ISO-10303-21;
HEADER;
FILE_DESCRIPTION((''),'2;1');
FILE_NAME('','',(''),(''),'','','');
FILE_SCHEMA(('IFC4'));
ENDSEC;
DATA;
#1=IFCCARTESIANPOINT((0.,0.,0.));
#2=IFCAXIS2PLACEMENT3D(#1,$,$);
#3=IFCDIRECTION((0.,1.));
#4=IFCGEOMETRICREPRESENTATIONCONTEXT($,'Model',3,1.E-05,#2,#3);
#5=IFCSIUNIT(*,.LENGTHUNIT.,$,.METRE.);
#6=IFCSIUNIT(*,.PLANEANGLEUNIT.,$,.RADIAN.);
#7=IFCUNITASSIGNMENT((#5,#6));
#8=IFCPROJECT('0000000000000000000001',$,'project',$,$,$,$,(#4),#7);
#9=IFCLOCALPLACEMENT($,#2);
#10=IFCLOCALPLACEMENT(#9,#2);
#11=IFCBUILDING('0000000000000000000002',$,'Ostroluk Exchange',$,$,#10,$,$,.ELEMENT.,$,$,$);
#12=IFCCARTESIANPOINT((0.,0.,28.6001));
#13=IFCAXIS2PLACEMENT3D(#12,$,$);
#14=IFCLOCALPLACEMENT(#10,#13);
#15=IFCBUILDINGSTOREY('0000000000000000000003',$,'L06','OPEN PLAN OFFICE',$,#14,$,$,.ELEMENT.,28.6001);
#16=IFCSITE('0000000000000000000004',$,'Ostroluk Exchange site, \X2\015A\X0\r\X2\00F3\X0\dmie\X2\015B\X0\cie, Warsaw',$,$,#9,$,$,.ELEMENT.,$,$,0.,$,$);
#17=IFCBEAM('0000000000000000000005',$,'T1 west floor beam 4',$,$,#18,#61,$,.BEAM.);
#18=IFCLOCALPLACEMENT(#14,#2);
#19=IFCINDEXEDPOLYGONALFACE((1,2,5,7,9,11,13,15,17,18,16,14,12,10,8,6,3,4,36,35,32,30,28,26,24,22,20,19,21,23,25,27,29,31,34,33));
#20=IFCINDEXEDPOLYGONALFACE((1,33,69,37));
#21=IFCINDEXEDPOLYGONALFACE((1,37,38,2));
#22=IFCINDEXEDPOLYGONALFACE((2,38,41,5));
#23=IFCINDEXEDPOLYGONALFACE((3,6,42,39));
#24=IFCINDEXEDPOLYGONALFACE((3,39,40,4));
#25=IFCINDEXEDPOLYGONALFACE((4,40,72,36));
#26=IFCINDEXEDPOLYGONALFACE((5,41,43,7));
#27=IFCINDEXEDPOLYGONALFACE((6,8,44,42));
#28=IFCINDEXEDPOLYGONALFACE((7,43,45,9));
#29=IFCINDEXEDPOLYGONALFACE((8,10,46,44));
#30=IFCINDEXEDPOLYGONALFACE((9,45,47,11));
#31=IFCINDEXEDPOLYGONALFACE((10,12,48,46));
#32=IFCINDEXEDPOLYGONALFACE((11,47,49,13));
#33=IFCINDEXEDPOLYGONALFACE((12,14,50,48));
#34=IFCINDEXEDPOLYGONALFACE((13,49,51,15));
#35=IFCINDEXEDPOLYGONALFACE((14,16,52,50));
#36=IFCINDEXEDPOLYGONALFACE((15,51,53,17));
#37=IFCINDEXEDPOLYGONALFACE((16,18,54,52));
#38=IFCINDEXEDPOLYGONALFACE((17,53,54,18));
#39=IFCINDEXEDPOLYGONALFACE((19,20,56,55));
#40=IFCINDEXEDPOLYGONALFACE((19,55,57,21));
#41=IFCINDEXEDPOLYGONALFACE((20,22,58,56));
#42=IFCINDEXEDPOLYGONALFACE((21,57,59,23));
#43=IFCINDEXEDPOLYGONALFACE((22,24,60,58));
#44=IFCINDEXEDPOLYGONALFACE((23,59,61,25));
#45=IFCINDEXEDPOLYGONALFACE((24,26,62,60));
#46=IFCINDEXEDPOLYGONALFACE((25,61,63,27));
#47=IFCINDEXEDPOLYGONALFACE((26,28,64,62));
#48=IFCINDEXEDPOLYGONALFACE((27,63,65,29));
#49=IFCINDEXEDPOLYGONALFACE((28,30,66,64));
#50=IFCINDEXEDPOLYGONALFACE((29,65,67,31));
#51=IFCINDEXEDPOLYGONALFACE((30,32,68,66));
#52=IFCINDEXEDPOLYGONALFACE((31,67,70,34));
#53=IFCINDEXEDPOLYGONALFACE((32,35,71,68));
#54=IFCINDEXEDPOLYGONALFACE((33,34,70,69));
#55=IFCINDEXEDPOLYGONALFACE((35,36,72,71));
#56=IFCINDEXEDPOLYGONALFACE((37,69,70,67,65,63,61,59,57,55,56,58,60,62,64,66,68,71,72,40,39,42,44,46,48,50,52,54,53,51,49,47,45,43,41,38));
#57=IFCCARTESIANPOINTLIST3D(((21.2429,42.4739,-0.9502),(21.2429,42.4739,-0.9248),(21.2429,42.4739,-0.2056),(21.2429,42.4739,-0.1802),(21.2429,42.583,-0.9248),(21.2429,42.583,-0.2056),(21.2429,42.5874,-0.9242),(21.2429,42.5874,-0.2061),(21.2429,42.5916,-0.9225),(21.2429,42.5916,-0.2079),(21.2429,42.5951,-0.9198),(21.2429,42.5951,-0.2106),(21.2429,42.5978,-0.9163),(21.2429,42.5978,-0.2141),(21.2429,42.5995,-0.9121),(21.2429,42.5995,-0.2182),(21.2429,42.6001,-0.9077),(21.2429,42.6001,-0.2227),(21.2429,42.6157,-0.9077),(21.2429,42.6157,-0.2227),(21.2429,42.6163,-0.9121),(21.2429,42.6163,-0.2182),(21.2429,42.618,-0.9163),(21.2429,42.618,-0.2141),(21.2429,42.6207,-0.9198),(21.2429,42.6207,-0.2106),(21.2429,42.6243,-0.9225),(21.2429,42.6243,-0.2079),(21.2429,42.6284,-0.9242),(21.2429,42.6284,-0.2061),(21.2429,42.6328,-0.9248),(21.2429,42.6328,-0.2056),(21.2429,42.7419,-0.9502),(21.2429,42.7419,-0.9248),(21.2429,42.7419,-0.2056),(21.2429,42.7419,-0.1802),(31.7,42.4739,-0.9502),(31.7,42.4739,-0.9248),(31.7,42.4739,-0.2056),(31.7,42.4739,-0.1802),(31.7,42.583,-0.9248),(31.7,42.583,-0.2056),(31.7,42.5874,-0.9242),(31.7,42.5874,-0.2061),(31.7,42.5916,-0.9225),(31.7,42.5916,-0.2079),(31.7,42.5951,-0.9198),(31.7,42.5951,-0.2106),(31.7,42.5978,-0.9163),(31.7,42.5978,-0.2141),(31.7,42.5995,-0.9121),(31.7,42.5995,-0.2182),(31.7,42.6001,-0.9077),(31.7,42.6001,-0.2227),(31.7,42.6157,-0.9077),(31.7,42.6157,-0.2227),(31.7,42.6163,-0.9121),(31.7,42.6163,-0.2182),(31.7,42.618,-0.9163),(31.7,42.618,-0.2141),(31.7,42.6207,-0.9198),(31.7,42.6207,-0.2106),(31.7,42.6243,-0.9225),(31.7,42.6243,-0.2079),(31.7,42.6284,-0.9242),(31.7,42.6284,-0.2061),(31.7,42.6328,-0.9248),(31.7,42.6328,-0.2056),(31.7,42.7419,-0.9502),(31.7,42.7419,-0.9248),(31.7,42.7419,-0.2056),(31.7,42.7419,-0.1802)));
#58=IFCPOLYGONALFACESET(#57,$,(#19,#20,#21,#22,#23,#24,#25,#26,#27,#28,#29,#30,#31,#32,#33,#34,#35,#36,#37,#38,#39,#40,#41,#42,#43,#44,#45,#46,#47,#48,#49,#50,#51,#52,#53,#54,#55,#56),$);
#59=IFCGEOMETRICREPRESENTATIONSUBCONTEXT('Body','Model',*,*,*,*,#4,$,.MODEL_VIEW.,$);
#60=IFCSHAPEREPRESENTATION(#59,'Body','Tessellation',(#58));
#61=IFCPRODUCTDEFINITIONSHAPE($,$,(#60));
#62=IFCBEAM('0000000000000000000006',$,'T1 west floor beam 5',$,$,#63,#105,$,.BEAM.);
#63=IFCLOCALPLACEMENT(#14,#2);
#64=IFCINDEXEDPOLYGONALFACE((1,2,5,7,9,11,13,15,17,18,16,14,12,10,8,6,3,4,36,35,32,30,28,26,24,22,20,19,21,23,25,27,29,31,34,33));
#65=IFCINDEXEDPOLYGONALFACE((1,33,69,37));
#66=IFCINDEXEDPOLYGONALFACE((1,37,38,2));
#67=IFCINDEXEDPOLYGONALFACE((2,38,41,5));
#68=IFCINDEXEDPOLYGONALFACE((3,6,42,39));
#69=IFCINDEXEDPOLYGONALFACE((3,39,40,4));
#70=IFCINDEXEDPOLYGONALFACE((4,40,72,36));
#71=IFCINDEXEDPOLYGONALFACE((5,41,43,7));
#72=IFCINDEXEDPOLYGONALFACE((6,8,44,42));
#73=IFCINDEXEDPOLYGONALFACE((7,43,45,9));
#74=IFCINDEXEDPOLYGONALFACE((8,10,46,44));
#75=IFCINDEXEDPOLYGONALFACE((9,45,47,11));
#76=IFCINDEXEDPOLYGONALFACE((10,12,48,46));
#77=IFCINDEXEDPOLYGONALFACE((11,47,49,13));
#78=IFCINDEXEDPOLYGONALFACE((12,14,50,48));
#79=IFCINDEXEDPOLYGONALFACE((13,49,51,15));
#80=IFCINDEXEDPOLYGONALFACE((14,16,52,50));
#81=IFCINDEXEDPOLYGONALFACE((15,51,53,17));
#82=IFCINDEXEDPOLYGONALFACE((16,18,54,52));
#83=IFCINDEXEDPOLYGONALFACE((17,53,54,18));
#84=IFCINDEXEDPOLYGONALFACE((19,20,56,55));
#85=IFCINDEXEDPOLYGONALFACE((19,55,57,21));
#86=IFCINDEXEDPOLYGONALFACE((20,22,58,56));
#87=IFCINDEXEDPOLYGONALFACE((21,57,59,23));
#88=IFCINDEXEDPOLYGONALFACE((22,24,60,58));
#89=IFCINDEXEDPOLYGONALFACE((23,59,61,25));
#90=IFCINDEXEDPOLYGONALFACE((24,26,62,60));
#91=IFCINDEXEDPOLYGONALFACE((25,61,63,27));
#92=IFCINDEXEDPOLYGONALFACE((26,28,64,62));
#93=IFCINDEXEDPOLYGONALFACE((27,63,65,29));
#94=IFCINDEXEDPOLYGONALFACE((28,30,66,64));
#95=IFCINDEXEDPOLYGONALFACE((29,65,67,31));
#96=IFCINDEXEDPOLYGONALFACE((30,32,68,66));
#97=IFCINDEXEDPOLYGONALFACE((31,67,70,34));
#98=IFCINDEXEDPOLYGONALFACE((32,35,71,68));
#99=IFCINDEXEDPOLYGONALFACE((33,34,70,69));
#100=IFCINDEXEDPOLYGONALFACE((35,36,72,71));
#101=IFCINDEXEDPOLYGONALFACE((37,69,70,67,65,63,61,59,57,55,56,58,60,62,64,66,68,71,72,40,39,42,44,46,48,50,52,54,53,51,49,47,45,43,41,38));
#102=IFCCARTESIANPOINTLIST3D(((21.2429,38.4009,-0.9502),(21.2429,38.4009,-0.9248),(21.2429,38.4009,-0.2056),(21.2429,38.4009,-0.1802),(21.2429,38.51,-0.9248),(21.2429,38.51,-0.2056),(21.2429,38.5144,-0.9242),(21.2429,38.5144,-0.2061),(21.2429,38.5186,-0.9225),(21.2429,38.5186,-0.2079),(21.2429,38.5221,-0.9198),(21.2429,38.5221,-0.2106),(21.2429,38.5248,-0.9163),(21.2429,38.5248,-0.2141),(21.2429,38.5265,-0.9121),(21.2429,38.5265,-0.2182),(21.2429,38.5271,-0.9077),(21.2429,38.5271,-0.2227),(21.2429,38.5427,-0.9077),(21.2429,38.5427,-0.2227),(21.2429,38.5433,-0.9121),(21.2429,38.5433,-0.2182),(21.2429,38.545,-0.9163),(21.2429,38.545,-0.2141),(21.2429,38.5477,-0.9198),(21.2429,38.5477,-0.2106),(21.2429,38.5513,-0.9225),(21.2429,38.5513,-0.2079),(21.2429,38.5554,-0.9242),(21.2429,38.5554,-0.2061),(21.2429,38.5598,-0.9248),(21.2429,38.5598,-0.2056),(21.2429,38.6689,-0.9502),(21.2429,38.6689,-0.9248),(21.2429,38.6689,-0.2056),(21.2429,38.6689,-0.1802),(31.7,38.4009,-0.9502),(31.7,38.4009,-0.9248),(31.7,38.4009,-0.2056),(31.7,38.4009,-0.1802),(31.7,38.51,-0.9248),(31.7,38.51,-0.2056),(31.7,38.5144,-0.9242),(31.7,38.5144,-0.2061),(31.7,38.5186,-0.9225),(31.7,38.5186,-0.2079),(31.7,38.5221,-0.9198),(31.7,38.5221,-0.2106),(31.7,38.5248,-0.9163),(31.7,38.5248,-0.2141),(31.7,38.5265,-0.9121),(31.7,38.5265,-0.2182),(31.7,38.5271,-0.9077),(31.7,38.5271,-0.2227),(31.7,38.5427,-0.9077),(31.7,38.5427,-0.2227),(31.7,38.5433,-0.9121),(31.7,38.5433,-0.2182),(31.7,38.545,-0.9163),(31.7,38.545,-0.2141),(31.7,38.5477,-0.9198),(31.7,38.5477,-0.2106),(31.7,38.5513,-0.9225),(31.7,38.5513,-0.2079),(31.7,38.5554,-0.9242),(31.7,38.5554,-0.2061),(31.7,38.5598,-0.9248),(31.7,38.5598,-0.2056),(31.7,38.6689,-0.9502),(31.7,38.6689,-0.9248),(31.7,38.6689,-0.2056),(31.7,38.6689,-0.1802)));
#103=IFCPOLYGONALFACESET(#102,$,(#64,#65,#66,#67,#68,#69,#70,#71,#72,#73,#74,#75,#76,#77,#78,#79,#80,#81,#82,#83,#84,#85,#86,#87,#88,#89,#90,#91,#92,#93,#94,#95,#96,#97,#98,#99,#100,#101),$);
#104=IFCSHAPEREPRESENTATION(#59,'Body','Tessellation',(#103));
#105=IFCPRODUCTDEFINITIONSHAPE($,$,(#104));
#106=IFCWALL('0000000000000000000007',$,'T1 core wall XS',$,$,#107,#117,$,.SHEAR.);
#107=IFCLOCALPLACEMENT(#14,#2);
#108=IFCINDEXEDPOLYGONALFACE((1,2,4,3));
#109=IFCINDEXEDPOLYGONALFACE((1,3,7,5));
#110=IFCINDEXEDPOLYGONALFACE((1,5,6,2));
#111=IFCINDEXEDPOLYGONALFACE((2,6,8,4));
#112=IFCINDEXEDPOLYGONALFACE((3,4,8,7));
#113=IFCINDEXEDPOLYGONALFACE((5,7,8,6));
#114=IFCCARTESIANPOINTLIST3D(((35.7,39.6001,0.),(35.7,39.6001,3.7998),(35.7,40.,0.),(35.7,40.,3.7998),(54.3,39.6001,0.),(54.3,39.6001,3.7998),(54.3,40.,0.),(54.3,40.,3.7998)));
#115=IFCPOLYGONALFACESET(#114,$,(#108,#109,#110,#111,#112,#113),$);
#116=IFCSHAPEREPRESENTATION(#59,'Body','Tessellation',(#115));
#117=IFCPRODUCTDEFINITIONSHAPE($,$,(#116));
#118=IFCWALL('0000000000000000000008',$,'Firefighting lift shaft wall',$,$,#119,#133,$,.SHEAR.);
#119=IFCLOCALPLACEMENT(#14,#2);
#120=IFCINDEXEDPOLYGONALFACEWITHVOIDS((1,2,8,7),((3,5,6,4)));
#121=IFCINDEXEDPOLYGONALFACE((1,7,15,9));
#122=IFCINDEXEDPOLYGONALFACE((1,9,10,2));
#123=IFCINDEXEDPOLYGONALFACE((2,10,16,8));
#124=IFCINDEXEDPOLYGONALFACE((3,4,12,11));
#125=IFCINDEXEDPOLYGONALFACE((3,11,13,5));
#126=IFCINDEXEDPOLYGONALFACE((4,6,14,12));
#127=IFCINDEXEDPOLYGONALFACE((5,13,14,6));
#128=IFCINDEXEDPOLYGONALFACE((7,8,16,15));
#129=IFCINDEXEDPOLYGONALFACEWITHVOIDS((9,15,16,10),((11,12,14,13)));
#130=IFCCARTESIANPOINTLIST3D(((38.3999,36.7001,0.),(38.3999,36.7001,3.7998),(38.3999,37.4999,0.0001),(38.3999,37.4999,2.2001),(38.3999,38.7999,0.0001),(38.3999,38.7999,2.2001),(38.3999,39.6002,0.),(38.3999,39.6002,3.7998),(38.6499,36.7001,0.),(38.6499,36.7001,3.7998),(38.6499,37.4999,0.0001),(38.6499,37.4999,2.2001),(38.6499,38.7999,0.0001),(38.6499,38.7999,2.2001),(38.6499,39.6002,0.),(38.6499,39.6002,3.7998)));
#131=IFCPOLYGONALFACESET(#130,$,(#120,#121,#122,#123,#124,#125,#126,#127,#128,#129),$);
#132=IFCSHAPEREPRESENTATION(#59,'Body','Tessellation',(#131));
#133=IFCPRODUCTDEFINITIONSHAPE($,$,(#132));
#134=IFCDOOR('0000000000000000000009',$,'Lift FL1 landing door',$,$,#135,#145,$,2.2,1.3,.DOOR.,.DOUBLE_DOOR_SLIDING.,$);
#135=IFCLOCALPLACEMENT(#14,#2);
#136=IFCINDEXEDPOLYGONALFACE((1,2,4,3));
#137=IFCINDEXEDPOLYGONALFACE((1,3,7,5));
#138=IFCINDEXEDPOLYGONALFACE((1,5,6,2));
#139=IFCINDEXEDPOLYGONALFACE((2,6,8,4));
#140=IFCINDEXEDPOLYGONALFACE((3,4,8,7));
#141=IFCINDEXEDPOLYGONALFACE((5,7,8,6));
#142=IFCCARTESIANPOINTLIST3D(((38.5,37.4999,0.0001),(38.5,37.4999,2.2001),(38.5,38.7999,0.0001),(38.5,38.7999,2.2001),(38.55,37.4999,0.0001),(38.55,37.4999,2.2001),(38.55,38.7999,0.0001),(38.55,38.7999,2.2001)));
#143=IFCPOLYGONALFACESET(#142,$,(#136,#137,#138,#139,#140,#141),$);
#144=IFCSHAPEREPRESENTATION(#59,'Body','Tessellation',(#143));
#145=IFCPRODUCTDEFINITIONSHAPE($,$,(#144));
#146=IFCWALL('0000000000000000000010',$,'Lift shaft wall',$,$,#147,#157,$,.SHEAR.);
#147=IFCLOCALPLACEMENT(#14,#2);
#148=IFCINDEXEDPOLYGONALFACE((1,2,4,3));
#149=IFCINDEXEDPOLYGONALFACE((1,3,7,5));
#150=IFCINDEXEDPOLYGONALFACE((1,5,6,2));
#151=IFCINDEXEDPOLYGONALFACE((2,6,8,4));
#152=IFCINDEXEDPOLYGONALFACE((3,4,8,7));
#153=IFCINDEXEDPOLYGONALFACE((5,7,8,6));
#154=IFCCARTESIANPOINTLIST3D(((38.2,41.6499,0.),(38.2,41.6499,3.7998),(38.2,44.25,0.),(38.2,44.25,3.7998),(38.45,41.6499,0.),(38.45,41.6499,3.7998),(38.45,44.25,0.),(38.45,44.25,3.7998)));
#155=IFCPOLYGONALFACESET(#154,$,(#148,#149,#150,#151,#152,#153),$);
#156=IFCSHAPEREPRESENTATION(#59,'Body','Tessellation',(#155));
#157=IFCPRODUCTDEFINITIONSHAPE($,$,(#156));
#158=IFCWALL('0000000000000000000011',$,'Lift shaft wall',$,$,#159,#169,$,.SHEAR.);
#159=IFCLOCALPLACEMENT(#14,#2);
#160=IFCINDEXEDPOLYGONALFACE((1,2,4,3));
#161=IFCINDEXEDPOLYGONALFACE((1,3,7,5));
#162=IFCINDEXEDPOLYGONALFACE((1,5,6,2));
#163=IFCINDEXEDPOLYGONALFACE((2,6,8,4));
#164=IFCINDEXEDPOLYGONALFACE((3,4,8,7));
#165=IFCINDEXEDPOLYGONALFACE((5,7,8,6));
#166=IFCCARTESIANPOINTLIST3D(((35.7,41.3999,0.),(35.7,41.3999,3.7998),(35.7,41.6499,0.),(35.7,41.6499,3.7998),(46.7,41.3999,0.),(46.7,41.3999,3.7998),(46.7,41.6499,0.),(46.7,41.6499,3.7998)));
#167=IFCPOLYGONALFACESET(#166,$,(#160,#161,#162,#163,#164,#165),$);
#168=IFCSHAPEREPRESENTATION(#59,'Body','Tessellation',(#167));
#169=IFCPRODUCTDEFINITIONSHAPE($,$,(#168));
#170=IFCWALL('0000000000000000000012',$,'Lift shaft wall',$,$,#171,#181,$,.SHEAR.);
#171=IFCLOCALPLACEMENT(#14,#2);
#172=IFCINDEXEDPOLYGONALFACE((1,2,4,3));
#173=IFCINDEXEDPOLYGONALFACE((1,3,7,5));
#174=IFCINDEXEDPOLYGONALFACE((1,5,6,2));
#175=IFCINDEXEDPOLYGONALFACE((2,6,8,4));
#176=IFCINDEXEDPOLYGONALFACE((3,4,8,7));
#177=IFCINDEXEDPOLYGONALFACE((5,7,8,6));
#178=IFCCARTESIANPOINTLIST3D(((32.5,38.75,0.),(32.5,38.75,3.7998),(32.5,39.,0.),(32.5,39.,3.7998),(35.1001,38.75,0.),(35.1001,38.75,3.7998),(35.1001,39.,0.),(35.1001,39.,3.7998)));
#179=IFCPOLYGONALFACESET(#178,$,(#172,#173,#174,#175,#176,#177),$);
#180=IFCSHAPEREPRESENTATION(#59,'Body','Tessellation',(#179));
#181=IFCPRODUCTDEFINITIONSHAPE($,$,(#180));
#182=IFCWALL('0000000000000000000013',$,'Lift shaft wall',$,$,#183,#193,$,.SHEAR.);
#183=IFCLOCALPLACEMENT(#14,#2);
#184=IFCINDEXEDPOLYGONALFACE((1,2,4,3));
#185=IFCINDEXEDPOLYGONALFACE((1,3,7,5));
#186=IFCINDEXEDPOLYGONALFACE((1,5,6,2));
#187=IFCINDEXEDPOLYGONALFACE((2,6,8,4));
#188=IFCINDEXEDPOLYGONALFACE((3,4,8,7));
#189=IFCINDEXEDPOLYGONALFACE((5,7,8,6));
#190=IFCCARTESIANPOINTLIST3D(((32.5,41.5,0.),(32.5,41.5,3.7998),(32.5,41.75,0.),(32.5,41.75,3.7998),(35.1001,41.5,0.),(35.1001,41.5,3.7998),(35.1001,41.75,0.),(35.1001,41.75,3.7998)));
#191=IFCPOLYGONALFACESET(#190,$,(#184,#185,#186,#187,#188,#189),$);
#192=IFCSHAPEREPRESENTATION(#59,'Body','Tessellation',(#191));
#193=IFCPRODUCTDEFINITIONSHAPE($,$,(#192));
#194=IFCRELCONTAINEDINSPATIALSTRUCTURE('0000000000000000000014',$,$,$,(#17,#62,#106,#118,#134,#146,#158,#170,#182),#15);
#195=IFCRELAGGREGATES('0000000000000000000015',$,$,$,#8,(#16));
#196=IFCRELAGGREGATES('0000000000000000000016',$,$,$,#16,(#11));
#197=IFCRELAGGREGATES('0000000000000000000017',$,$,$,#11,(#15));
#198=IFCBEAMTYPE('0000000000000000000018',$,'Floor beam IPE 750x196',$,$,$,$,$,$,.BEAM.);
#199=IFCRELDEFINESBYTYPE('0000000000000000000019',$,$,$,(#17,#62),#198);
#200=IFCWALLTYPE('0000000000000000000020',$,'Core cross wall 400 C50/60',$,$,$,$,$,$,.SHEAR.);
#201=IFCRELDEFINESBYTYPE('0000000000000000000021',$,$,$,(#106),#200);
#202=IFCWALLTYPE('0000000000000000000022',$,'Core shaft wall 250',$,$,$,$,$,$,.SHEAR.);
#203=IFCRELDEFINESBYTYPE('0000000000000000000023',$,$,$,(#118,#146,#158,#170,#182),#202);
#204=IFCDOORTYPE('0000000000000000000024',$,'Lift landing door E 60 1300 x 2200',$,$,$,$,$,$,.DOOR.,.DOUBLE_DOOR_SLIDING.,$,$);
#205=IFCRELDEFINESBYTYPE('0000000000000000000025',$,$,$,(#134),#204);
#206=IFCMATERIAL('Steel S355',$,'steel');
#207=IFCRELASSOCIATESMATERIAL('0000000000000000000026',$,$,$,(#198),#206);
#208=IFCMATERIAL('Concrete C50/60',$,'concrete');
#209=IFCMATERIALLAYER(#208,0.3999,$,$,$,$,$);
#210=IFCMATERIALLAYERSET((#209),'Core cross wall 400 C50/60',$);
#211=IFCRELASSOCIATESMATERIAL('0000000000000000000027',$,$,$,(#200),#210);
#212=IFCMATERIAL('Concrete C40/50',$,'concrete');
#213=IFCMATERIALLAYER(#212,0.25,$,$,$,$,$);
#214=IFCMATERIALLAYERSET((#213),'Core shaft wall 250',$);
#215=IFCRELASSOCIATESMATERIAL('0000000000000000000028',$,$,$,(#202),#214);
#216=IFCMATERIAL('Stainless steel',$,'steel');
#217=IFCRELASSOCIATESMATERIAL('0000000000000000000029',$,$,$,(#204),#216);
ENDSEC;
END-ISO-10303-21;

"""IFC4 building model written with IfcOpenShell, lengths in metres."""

from ifc_helpers import new_model, si_unit, direction, frame, frame_2d, origin, origin_2d, place, context, subcontext, project, spatial, rectangle, i_section, extrude, material, layer, layer_set, material_profile, profile_set, type_object, element, fill, save


model = new_model("IFC4")

# Units and contexts
model_context = context("Model", 3, precision=1e-05, world=origin(), true_north=direction((0.0, 1.0)))
body_context = subcontext(model_context, "Body", "Model", "MODEL_VIEW")
ifc_project = project(units=[si_unit("LENGTHUNIT", "METRE"), si_unit("PLANEANGLEUNIT", "RADIAN")], contexts=[model_context])

# Site, building, storey
site_placement = place(None, origin())
site = spatial("IfcSite", under=ifc_project, at=site_placement, Name="Ostroluk Exchange site, Śródmieście, Warsaw", CompositionType="ELEMENT", RefElevation=0.0)
building_placement = place(site_placement, origin())
building = spatial("IfcBuilding", under=site, at=building_placement, Name="Ostroluk Exchange", CompositionType="ELEMENT")
storey_placement = place(building_placement, frame((0.0, 0.0, 28.6001)))
storey = spatial("IfcBuildingStorey", under=building, at=storey_placement, Name="L06", Description="OPEN PLAN OFFICE", CompositionType="ELEMENT", Elevation=28.6001)

# Beams
ifc_material_1 = material(Name="Steel S355", Category="steel")
ifc_material_profile = material_profile(ifc_material_1, i_section(OverallWidth=0.2681, OverallDepth=0.77, WebThickness=0.0156, FlangeThickness=0.0254, FilletRadius=0.0171, at=origin_2d()), Name="IPE 750x196")
ifc_profile_set = profile_set([ifc_material_profile], Name="Steel S355")
beam_type = type_object("IfcBeamType", Name="Floor beam IPE 750x196", PredefinedType="BEAM", material=ifc_profile_set)
for number, where, z_axis, x_axis, name in (
    (1, (31.7, 42.6079, -0.5652), (-1.0, 0.0, 0.0), (0.0, -1.0, 0.0), "T1 west floor beam 4"),
    (2, (31.7, 38.5349, -0.5652), (-1.0, 0.0, 0.0), (0.0, -1.0, 0.0), "T1 west floor beam 5"),
):
    element("IfcBeam", number, at=place(storey_placement, frame(where, z_axis=z_axis, x_axis=x_axis)), inside=storey, type_object=beam_type, Name=name, PredefinedType="BEAM", context=body_context, shape_type="SweptSolid", body=[
        extrude(i_section(OverallWidth=0.2681, OverallDepth=0.77, WebThickness=0.0156, FlangeThickness=0.0254, FilletRadius=0.0171, at=origin_2d()), origin(), (0.0, 0.0, 1.0), 10.457),
    ])

# Wall
ifc_material_2 = material(Name="Concrete C50/60", Category="concrete")
ifc_layer_1 = layer(ifc_material_2, 0.3999)
ifc_layer_set_1 = layer_set([ifc_layer_1], Name="Core cross wall 400 C50/60")
wall_type_1 = type_object("IfcWallType", Name="Core cross wall 400 C50/60", PredefinedType="SHEAR", material=ifc_layer_set_1)
wall_1_placement = place(storey_placement, frame((35.7, 39.8, 0.0), z_axis=(0.0, 0.0, 1.0), x_axis=(1.0, 0.0, 0.0)))
element("IfcWall", 3, at=wall_1_placement, inside=storey, type_object=wall_type_1, Name="T1 core wall XS", PredefinedType="SHEAR", context=body_context, shape_type="SweptSolid", body=[
    extrude(rectangle(XDim=18.6001, YDim=0.3999, at=frame_2d((9.3, 0.0))), origin(), (0.0, 0.0, 1.0), 3.7998),
])

# Wall, opening, door
ifc_material_3 = material(Name="Concrete C40/50", Category="concrete")
ifc_layer_2 = layer(ifc_material_3, 0.25)
ifc_layer_set_2 = layer_set([ifc_layer_2], Name="Core shaft wall 250")
wall_type_2 = type_object("IfcWallType", Name="Core shaft wall 250", PredefinedType="SHEAR", material=ifc_layer_set_2)
wall_2_placement = place(storey_placement, frame((38.5249, 36.7, 0.0), z_axis=(0.0, 0.0, 1.0), x_axis=(0.0, 1.0, 0.0)))
wall_2 = element("IfcWall", 4, at=wall_2_placement, inside=storey, type_object=wall_type_2, Name="Firefighting lift shaft wall", PredefinedType="SHEAR", context=body_context, shape_type="SweptSolid", body=[
    extrude(rectangle(XDim=2.9001, YDim=0.25, at=frame_2d((1.4502, 0.0))), origin(), (0.0, 0.0, 1.0), 3.7998),
])
opening_1_placement = place(wall_2_placement, frame((0.8, 0.0, 0.0)))
opening_1 = element("IfcOpeningElement", 5, at=opening_1_placement, cuts=wall_2, PredefinedType="OPENING", context=body_context, shape_type="SweptSolid", body=[
    extrude(rectangle(XDim=1.3, YDim=2.2, at=frame_2d((0.6499, 1.1001))), frame((0.0, 0.135, 0.0), z_axis=(0.0, -1.0, 0.0), x_axis=(1.0, 0.0, 0.0)), (0.0, 0.0, 1.0), 0.27),
])
ifc_material_4 = material(Name="Stainless steel", Category="steel")
door_type_1 = type_object("IfcDoorType", Name="Lift landing door E 60 1300 x 2200", OperationType="DOUBLE_DOOR_SLIDING", PredefinedType="DOOR", material=ifc_material_4)
door_1_placement = place(opening_1_placement, origin())
door_1 = element("IfcDoor", 6, at=door_1_placement, inside=storey, type_object=door_type_1, Name="Lift FL1 landing door", OperationType="DOUBLE_DOOR_SLIDING", OverallHeight=2.2, OverallWidth=1.3, PredefinedType="DOOR", context=body_context, shape_type="SweptSolid", body=[
    extrude(rectangle(XDim=1.3, YDim=2.2, at=frame_2d((0.6499, 1.1001))), frame((0.0, 0.0249, 0.0), z_axis=(0.0, -1.0, 0.0), x_axis=(1.0, 0.0, 0.0)), (0.0, 0.0, 1.0), 0.05),
])
fill(opening_1, door_1)

# Walls
wall_3_placement = place(storey_placement, frame((38.325, 44.25, 0.0), z_axis=(0.0, 0.0, 1.0), x_axis=(0.0, -1.0, 0.0)))
element("IfcWall", 7, at=wall_3_placement, inside=storey, type_object=wall_type_2, Name="Lift shaft wall", PredefinedType="SHEAR", context=body_context, shape_type="SweptSolid", body=[
    extrude(rectangle(XDim=2.6001, YDim=0.25, at=frame_2d((1.3, 0.0))), origin(), (0.0, 0.0, 1.0), 3.7998),
])
wall_4_placement = place(storey_placement, frame((35.7, 41.5249, 0.0), z_axis=(0.0, 0.0, 1.0), x_axis=(1.0, 0.0, 0.0)))
element("IfcWall", 8, at=wall_4_placement, inside=storey, type_object=wall_type_2, Name="Lift shaft wall", PredefinedType="SHEAR", context=body_context, shape_type="SweptSolid", body=[
    extrude(rectangle(XDim=11.0, YDim=0.25, at=frame_2d((5.5, 0.0))), origin(), (0.0, 0.0, 1.0), 3.7998),
])
for number, where, z_axis, x_axis, name in (
    (9, (32.5, 38.875, 0.0), (0.0, 0.0, 1.0), (1.0, 0.0, 0.0), "Lift shaft wall"),
    (10, (32.5, 41.625, 0.0), (0.0, 0.0, 1.0), (1.0, 0.0, 0.0), "Lift shaft wall"),
):
    element("IfcWall", number, at=place(storey_placement, frame(where, z_axis=z_axis, x_axis=x_axis)), inside=storey, type_object=wall_type_2, Name=name, PredefinedType="SHEAR", context=body_context, shape_type="SweptSolid", body=[
        extrude(rectangle(XDim=2.6001, YDim=0.25, at=frame_2d((1.3, 0.0))), origin(), (0.0, 0.0, 1.0), 3.7998),
    ])

save(model, "model.ifc")
